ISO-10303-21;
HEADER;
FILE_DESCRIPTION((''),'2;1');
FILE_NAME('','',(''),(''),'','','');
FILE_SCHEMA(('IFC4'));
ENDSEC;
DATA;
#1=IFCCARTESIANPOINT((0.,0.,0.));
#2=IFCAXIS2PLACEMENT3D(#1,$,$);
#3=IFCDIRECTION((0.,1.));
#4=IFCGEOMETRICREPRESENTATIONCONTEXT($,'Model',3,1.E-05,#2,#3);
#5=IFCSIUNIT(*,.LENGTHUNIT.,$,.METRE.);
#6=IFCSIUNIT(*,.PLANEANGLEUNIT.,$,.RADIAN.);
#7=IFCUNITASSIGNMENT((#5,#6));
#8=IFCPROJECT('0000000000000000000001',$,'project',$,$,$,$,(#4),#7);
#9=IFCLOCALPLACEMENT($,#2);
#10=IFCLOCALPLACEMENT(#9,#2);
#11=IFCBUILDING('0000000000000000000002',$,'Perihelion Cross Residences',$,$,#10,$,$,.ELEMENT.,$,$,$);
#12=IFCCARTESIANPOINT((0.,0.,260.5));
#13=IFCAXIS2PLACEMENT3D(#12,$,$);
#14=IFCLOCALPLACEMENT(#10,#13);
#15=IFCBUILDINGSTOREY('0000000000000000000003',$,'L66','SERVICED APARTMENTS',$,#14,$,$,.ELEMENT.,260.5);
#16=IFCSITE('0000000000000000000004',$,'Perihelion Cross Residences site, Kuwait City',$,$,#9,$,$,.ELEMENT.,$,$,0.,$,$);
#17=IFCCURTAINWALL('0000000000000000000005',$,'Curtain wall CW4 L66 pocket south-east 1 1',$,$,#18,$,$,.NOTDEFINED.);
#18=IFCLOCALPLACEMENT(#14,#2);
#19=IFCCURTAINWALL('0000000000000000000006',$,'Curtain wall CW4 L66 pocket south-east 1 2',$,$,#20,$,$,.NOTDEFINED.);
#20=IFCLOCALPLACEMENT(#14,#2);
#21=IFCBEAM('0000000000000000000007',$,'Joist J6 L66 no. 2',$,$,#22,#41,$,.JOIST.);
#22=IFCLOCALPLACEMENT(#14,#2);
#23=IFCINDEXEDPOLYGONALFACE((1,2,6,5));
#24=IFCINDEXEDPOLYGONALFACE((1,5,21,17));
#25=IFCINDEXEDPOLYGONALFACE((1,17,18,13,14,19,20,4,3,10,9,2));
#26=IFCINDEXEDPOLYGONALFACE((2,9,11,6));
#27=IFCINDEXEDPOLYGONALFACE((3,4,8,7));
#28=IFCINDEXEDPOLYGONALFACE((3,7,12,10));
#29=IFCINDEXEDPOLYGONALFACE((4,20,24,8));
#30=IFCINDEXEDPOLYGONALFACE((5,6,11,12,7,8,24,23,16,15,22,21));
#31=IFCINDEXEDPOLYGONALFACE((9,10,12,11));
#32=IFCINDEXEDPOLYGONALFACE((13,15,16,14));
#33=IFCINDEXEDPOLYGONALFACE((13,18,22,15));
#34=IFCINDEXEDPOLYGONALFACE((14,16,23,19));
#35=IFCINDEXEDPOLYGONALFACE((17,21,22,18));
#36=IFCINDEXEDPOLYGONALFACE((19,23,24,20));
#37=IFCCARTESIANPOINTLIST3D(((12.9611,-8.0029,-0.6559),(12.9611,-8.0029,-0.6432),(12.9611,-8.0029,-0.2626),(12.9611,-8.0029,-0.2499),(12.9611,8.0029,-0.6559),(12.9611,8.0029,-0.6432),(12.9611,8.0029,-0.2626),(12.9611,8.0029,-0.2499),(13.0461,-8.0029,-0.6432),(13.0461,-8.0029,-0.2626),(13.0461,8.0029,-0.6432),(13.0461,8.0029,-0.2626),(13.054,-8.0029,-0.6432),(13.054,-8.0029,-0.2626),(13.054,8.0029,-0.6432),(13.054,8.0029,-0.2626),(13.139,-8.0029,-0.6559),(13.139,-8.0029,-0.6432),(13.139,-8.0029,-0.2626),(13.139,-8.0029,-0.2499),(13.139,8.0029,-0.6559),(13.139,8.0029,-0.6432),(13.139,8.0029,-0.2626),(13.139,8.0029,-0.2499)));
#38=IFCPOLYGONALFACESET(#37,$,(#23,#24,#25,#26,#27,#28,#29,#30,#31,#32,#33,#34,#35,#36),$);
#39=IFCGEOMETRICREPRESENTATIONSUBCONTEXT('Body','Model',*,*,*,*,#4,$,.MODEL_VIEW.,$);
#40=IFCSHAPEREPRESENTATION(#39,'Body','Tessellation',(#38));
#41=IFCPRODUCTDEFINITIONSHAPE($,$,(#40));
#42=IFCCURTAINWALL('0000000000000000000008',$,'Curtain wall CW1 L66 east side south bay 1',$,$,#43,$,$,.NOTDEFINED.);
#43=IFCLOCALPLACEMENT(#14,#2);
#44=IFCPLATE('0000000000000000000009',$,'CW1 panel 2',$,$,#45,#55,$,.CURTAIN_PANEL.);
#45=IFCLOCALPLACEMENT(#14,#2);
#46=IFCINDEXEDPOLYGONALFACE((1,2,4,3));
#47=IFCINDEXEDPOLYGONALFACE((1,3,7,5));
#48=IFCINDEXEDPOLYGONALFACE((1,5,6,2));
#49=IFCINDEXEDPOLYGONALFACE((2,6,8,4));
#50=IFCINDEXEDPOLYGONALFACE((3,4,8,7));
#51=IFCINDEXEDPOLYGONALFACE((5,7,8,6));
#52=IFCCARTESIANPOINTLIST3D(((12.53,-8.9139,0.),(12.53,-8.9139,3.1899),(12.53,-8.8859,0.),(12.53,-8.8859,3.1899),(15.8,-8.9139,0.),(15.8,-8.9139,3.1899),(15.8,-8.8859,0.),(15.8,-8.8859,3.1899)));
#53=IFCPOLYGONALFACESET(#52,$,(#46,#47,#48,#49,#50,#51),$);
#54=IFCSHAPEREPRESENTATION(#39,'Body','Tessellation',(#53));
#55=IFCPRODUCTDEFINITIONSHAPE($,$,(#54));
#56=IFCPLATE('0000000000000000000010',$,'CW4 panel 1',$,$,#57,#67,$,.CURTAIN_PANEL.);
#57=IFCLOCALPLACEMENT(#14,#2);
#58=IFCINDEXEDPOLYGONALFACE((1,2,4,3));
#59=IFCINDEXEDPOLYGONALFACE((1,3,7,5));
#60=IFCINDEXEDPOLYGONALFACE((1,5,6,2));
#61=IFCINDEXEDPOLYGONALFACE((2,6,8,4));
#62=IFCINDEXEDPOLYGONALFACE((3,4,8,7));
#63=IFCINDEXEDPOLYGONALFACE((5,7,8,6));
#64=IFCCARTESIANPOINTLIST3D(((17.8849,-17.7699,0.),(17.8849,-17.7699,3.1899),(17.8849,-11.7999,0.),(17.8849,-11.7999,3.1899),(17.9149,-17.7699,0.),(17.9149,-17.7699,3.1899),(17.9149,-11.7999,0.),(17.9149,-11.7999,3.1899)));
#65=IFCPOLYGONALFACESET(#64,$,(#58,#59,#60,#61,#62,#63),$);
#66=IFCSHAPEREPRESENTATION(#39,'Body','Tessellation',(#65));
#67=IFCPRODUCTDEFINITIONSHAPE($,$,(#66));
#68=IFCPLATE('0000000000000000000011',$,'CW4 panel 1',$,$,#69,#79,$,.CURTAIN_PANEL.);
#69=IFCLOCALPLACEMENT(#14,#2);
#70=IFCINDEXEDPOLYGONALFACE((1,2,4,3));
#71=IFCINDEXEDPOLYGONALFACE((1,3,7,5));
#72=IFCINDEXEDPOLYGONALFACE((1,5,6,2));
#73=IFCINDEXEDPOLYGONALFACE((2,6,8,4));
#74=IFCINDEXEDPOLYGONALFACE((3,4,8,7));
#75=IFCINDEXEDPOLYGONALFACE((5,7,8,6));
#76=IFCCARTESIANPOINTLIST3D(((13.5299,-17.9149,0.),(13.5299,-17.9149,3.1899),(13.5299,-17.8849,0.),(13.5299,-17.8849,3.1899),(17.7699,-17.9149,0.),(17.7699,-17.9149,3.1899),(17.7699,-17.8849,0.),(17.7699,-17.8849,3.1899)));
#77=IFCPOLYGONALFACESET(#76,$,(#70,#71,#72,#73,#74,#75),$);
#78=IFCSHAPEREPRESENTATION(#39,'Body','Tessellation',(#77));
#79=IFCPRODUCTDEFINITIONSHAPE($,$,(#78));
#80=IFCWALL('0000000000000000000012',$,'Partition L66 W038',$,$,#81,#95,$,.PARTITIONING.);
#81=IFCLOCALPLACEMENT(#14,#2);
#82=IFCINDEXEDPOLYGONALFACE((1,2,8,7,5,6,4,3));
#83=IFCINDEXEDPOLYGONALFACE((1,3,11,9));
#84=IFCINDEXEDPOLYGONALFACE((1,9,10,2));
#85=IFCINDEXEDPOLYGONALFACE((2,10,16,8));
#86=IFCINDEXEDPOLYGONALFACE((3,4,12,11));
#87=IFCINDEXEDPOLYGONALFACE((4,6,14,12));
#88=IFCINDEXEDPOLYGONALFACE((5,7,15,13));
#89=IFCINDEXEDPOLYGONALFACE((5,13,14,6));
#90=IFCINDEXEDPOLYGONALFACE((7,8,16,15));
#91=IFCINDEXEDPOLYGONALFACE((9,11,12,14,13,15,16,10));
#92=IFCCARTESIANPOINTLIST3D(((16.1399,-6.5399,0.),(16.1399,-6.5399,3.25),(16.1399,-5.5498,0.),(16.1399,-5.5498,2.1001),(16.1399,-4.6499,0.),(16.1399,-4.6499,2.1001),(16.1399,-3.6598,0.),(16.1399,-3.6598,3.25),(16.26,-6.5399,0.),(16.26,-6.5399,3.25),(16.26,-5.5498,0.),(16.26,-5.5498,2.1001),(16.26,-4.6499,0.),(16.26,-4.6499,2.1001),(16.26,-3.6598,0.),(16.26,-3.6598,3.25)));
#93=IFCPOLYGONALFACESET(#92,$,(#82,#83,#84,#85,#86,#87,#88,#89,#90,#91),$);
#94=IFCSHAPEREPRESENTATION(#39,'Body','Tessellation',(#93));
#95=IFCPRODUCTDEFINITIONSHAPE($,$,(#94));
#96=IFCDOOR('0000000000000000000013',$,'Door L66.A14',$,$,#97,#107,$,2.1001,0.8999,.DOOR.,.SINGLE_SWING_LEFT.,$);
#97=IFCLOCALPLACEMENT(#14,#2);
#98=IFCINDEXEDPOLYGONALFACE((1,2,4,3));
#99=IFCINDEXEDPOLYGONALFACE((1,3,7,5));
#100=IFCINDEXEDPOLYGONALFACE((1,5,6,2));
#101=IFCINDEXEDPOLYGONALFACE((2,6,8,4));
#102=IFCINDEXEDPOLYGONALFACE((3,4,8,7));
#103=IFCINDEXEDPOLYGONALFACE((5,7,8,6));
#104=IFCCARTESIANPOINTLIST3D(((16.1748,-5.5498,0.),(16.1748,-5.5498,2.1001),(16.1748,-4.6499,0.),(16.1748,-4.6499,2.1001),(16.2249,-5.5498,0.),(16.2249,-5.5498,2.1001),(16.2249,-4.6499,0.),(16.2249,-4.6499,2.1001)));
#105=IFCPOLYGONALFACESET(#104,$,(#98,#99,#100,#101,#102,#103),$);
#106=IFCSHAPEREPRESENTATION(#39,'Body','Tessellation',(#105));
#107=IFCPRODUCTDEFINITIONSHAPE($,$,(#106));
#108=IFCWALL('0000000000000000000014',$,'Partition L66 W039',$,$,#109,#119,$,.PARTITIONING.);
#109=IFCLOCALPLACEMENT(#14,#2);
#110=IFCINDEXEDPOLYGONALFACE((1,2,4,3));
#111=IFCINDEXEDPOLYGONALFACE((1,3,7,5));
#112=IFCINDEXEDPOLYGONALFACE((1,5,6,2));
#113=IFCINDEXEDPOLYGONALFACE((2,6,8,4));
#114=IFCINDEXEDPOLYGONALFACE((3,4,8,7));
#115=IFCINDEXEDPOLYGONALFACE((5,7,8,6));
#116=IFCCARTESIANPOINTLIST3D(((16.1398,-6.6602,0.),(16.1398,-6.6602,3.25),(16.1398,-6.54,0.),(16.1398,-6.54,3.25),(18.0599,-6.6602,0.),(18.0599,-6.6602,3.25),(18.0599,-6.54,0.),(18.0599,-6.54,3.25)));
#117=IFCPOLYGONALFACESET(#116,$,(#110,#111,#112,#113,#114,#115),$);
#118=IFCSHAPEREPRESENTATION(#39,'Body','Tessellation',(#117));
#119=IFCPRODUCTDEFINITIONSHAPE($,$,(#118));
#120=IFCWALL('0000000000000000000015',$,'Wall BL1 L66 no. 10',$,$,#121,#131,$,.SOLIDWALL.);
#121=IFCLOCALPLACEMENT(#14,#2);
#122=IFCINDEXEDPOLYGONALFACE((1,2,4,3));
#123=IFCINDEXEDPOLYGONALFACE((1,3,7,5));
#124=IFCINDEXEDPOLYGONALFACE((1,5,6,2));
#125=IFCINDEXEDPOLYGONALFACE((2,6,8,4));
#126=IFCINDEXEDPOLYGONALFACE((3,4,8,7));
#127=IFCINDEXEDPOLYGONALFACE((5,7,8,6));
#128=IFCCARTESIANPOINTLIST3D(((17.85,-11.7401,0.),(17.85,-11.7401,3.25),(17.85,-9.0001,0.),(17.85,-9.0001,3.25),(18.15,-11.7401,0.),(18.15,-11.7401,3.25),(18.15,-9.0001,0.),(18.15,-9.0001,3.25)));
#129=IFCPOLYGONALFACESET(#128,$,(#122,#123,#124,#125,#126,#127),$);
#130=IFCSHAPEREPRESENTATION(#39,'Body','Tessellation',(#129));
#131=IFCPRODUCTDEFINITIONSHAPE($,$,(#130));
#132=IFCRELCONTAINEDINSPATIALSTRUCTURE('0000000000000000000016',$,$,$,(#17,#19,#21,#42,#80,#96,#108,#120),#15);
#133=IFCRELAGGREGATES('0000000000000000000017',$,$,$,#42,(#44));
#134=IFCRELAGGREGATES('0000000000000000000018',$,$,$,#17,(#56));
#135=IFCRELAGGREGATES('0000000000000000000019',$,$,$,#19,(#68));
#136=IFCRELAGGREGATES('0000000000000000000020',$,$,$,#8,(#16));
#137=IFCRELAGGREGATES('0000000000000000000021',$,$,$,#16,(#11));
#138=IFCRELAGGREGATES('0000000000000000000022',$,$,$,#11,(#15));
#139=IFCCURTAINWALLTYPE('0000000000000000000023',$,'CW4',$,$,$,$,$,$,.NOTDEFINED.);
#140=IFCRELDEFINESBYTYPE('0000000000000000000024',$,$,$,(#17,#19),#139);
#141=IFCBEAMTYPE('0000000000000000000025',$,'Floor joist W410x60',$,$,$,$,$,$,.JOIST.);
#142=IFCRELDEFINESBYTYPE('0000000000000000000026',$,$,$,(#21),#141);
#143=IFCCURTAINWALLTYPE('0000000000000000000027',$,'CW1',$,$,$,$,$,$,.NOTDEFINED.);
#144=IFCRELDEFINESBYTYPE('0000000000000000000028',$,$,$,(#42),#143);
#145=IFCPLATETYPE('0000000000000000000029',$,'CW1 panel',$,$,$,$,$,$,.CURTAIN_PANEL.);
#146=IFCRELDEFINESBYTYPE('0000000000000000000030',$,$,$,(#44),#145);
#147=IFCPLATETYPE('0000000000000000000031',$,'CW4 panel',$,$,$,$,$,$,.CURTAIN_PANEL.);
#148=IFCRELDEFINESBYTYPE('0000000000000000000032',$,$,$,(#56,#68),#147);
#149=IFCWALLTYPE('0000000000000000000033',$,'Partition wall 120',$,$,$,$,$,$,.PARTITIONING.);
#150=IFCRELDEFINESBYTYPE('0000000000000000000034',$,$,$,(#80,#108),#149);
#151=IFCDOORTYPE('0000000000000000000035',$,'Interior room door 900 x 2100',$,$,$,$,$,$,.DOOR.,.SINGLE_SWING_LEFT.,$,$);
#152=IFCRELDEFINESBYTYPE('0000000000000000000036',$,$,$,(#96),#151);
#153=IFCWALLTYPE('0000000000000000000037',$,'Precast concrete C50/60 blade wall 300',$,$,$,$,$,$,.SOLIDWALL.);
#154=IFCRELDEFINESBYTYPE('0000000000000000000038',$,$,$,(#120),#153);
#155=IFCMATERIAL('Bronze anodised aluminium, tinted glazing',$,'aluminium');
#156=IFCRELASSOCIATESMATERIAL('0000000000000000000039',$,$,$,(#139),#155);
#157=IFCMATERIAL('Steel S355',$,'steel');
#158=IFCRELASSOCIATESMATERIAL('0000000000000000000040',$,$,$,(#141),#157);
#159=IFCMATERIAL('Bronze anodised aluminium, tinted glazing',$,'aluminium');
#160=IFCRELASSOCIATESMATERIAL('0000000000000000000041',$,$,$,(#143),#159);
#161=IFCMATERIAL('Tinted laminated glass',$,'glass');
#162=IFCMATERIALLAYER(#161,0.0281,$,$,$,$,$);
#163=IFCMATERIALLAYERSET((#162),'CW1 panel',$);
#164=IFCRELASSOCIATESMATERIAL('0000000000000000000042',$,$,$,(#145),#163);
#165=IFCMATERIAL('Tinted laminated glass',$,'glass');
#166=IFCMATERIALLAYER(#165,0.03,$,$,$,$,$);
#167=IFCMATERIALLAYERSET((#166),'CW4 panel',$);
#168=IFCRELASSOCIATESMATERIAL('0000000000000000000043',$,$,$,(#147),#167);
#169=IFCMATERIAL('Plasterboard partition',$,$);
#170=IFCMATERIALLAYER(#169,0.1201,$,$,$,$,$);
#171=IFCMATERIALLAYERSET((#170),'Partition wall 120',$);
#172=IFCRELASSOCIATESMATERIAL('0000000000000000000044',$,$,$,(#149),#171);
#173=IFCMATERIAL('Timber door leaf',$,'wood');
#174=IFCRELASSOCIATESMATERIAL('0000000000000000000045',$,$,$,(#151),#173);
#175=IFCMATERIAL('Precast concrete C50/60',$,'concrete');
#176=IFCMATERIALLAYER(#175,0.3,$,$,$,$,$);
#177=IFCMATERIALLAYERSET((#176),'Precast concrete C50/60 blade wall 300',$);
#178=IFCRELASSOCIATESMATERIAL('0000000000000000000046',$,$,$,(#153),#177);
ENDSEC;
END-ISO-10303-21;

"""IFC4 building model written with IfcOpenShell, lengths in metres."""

from ifc_helpers import new_model, si_unit, direction, frame, frame_2d, origin, origin_2d, place, context, subcontext, project, spatial, rectangle, i_section, extrude, material, layer, layer_set, material_profile, profile_set, type_object, element, fill, aggregate, save


model = new_model("IFC4")

# Units and contexts
model_context = context("Model", 3, precision=1e-05, world=origin(), true_north=direction((0.0, 1.0)))
body_context = subcontext(model_context, "Body", "Model", "MODEL_VIEW")
ifc_project = project(units=[si_unit("LENGTHUNIT", "METRE"), si_unit("PLANEANGLEUNIT", "RADIAN")], contexts=[model_context])

# Site, building, storey
site_placement = place(None, origin())
site = spatial("IfcSite", under=ifc_project, at=site_placement, Name="Perihelion Cross Residences site, Kuwait City", CompositionType="ELEMENT", RefElevation=0.0)
building_placement = place(site_placement, origin())
building = spatial("IfcBuilding", under=site, at=building_placement, Name="Perihelion Cross Residences", CompositionType="ELEMENT")
storey_placement = place(building_placement, frame((0.0, 0.0, 260.5)))
storey = spatial("IfcBuildingStorey", under=building, at=storey_placement, Name="L66", Description="SERVICED APARTMENTS", CompositionType="ELEMENT", Elevation=260.5)

# Curtain walls
ifc_material_1 = material(Name="Bronze anodised aluminium, tinted glazing", Category="aluminium")
curtain_wall_type_1 = type_object("IfcCurtainWallType", Name="CW4", PredefinedType="NOTDEFINED", material=ifc_material_1)
curtain_wall_1_placement = place(storey_placement, origin())
curtain_wall_1 = element("IfcCurtainWall", 1, at=curtain_wall_1_placement, inside=storey, type_object=curtain_wall_type_1, Name="Curtain wall CW4 L66 pocket south-east 1 1", PredefinedType="NOTDEFINED")
curtain_wall_2_placement = place(storey_placement, origin())
curtain_wall_2 = element("IfcCurtainWall", 2, at=curtain_wall_2_placement, inside=storey, type_object=curtain_wall_type_1, Name="Curtain wall CW4 L66 pocket south-east 1 2", PredefinedType="NOTDEFINED")

# Beam
ifc_material_2 = material(Name="Steel S355", Category="steel")
ifc_material_profile_1 = material_profile(ifc_material_2, i_section(OverallWidth=0.178, OverallDepth=0.406, WebThickness=0.0078, FlangeThickness=0.0127, at=origin_2d()), Name="W410x60")
ifc_profile_set_1 = profile_set([ifc_material_profile_1], Name="Steel S355")
beam_type_1 = type_object("IfcBeamType", Name="Floor joist W410x60", PredefinedType="JOIST", material=ifc_profile_set_1)
beam_1_placement = place(storey_placement, frame((13.05, -8.0029, -0.4529), z_axis=(0.0, 1.0, 0.0), x_axis=(-1.0, 0.0, 0.0)))
element("IfcBeam", 3, at=beam_1_placement, inside=storey, type_object=beam_type_1, Name="Joist J6 L66 no. 2", PredefinedType="JOIST", context=body_context, shape_type="SweptSolid", body=[
    extrude(i_section(OverallWidth=0.178, OverallDepth=0.406, WebThickness=0.0078, FlangeThickness=0.0127, at=origin_2d()), origin(), (0.0, 0.0, 1.0), 16.0059),
])

# Curtain wall, plate
ifc_material_3 = material(Name="Bronze anodised aluminium, tinted glazing", Category="aluminium")
curtain_wall_type_2 = type_object("IfcCurtainWallType", Name="CW1", PredefinedType="NOTDEFINED", material=ifc_material_3)
curtain_wall_3_placement = place(storey_placement, origin())
curtain_wall_3 = element("IfcCurtainWall", 4, at=curtain_wall_3_placement, inside=storey, type_object=curtain_wall_type_2, Name="Curtain wall CW1 L66 east side south bay 1", PredefinedType="NOTDEFINED")
ifc_material_4 = material(Name="Tinted laminated glass", Category="glass")
ifc_layer_1 = layer(ifc_material_4, 0.0281)
ifc_layer_set_1 = layer_set([ifc_layer_1], Name="CW1 panel")
plate_type_1 = type_object("IfcPlateType", Name="CW1 panel", PredefinedType="CURTAIN_PANEL", material=ifc_layer_set_1)
plate_1_placement = place(storey_placement, frame((14.165, -8.8999, 0.0), z_axis=(0.0, 0.0, 1.0), x_axis=(1.0, 0.0, 0.0)))
plate_1 = element("IfcPlate", 5, at=plate_1_placement, type_object=plate_type_1, Name="CW1 panel 2", PredefinedType="CURTAIN_PANEL", context=body_context, shape_type="SweptSolid", body=[
    extrude(rectangle(XDim=3.27, YDim=0.0281, at=origin_2d()), origin(), (0.0, 0.0, 1.0), 3.1899),
])
aggregate(curtain_wall_3, [plate_1])

# Plates
ifc_material_5 = material(Name="Tinted laminated glass", Category="glass")
ifc_layer_2 = layer(ifc_material_5, 0.03)
ifc_layer_set_2 = layer_set([ifc_layer_2], Name="CW4 panel")
plate_type_2 = type_object("IfcPlateType", Name="CW4 panel", PredefinedType="CURTAIN_PANEL", material=ifc_layer_set_2)
plate_2_placement = place(storey_placement, frame((17.8999, -14.7849, 0.0), z_axis=(0.0, 0.0, 1.0), x_axis=(0.0, -1.0, 0.0)))
plate_2 = element("IfcPlate", 6, at=plate_2_placement, type_object=plate_type_2, Name="CW4 panel 1", PredefinedType="CURTAIN_PANEL", context=body_context, shape_type="SweptSolid", body=[
    extrude(rectangle(XDim=5.97, YDim=0.03, at=origin_2d()), origin(), (0.0, 0.0, 1.0), 3.1899),
])
aggregate(curtain_wall_1, [plate_2])
plate_3_placement = place(storey_placement, frame((15.6499, -17.8999, 0.0), z_axis=(0.0, 0.0, 1.0), x_axis=(-1.0, 0.0, 0.0)))
plate_3 = element("IfcPlate", 7, at=plate_3_placement, type_object=plate_type_2, Name="CW4 panel 1", PredefinedType="CURTAIN_PANEL", context=body_context, shape_type="SweptSolid", body=[
    extrude(rectangle(XDim=4.24, YDim=0.03, at=origin_2d()), origin(), (0.0, 0.0, 1.0), 3.1899),
])
aggregate(curtain_wall_2, [plate_3])

# Wall, opening, door
ifc_material_6 = material(Name="Plasterboard partition")
ifc_layer_3 = layer(ifc_material_6, 0.1201)
ifc_layer_set_3 = layer_set([ifc_layer_3], Name="Partition wall 120")
wall_type_1 = type_object("IfcWallType", Name="Partition wall 120", PredefinedType="PARTITIONING", material=ifc_layer_set_3)
wall_1_placement = place(storey_placement, frame((16.2, -3.6599, 0.0), z_axis=(0.0, 0.0, 1.0), x_axis=(0.0, -1.0, 0.0)))
wall_1 = element("IfcWall", 8, at=wall_1_placement, inside=storey, type_object=wall_type_1, Name="Partition L66 W038", PredefinedType="PARTITIONING", context=body_context, shape_type="SweptSolid", body=[
    extrude(rectangle(XDim=2.8801, YDim=0.1201, at=frame_2d((1.4399, 0.0))), origin(), (0.0, 0.0, 1.0), 3.25),
])
opening_1_placement = place(wall_1_placement, frame((0.99, 0.0, 0.0)))
opening_1 = element("IfcOpeningElement", 9, at=opening_1_placement, cuts=wall_1, PredefinedType="OPENING", context=body_context, shape_type="SweptSolid", body=[
    extrude(rectangle(XDim=0.8999, YDim=2.1001, at=frame_2d((0.45, 1.05))), frame((0.0, 0.0701, 0.0), z_axis=(0.0, -1.0, 0.0), x_axis=(1.0, 0.0, 0.0)), (0.0, 0.0, 1.0), 0.1401),
])
ifc_material_7 = material(Name="Timber door leaf", Category="wood")
door_type_1 = type_object("IfcDoorType", Name="Interior room door 900 x 2100", OperationType="SINGLE_SWING_LEFT", PredefinedType="DOOR", material=ifc_material_7)
door_1_placement = place(opening_1_placement, origin())
door_1 = element("IfcDoor", 10, at=door_1_placement, inside=storey, type_object=door_type_1, Name="Door L66.A14", OperationType="SINGLE_SWING_LEFT", OverallHeight=2.1001, OverallWidth=0.8999, PredefinedType="DOOR", context=body_context, shape_type="SweptSolid", body=[
    extrude(rectangle(XDim=0.8999, YDim=2.1001, at=frame_2d((0.45, 1.05))), frame((0.0, 0.0249, 0.0), z_axis=(0.0, -1.0, 0.0), x_axis=(1.0, 0.0, 0.0)), (0.0, 0.0, 1.0), 0.05),
])
fill(opening_1, door_1)

# Walls
wall_2_placement = place(storey_placement, frame((16.1399, -6.6001, 0.0), z_axis=(0.0, 0.0, 1.0), x_axis=(1.0, 0.0, 0.0)))
element("IfcWall", 11, at=wall_2_placement, inside=storey, type_object=wall_type_1, Name="Partition L66 W039", PredefinedType="PARTITIONING", context=body_context, shape_type="SweptSolid", body=[
    extrude(rectangle(XDim=1.9202, YDim=0.1201, at=frame_2d((0.96, 0.0))), origin(), (0.0, 0.0, 1.0), 3.25),
])
ifc_material_8 = material(Name="Precast concrete C50/60", Category="concrete")
ifc_layer_4 = layer(ifc_material_8, 0.3)
ifc_layer_set_4 = layer_set([ifc_layer_4], Name="Precast concrete C50/60 blade wall 300")
wall_type_2 = type_object("IfcWallType", Name="Precast concrete C50/60 blade wall 300", PredefinedType="SOLIDWALL", material=ifc_layer_set_4)
wall_3_placement = place(storey_placement, frame((18.0, -9.0, 0.0), z_axis=(0.0, 0.0, 1.0), x_axis=(0.0, -1.0, 0.0)))
element("IfcWall", 12, at=wall_3_placement, inside=storey, type_object=wall_type_2, Name="Wall BL1 L66 no. 10", PredefinedType="SOLIDWALL", context=body_context, shape_type="SweptSolid", body=[
    extrude(rectangle(XDim=2.74, YDim=0.3, at=frame_2d((1.3701, 0.0))), origin(), (0.0, 0.0, 1.0), 3.25),
])

save(model, "model.ifc")
